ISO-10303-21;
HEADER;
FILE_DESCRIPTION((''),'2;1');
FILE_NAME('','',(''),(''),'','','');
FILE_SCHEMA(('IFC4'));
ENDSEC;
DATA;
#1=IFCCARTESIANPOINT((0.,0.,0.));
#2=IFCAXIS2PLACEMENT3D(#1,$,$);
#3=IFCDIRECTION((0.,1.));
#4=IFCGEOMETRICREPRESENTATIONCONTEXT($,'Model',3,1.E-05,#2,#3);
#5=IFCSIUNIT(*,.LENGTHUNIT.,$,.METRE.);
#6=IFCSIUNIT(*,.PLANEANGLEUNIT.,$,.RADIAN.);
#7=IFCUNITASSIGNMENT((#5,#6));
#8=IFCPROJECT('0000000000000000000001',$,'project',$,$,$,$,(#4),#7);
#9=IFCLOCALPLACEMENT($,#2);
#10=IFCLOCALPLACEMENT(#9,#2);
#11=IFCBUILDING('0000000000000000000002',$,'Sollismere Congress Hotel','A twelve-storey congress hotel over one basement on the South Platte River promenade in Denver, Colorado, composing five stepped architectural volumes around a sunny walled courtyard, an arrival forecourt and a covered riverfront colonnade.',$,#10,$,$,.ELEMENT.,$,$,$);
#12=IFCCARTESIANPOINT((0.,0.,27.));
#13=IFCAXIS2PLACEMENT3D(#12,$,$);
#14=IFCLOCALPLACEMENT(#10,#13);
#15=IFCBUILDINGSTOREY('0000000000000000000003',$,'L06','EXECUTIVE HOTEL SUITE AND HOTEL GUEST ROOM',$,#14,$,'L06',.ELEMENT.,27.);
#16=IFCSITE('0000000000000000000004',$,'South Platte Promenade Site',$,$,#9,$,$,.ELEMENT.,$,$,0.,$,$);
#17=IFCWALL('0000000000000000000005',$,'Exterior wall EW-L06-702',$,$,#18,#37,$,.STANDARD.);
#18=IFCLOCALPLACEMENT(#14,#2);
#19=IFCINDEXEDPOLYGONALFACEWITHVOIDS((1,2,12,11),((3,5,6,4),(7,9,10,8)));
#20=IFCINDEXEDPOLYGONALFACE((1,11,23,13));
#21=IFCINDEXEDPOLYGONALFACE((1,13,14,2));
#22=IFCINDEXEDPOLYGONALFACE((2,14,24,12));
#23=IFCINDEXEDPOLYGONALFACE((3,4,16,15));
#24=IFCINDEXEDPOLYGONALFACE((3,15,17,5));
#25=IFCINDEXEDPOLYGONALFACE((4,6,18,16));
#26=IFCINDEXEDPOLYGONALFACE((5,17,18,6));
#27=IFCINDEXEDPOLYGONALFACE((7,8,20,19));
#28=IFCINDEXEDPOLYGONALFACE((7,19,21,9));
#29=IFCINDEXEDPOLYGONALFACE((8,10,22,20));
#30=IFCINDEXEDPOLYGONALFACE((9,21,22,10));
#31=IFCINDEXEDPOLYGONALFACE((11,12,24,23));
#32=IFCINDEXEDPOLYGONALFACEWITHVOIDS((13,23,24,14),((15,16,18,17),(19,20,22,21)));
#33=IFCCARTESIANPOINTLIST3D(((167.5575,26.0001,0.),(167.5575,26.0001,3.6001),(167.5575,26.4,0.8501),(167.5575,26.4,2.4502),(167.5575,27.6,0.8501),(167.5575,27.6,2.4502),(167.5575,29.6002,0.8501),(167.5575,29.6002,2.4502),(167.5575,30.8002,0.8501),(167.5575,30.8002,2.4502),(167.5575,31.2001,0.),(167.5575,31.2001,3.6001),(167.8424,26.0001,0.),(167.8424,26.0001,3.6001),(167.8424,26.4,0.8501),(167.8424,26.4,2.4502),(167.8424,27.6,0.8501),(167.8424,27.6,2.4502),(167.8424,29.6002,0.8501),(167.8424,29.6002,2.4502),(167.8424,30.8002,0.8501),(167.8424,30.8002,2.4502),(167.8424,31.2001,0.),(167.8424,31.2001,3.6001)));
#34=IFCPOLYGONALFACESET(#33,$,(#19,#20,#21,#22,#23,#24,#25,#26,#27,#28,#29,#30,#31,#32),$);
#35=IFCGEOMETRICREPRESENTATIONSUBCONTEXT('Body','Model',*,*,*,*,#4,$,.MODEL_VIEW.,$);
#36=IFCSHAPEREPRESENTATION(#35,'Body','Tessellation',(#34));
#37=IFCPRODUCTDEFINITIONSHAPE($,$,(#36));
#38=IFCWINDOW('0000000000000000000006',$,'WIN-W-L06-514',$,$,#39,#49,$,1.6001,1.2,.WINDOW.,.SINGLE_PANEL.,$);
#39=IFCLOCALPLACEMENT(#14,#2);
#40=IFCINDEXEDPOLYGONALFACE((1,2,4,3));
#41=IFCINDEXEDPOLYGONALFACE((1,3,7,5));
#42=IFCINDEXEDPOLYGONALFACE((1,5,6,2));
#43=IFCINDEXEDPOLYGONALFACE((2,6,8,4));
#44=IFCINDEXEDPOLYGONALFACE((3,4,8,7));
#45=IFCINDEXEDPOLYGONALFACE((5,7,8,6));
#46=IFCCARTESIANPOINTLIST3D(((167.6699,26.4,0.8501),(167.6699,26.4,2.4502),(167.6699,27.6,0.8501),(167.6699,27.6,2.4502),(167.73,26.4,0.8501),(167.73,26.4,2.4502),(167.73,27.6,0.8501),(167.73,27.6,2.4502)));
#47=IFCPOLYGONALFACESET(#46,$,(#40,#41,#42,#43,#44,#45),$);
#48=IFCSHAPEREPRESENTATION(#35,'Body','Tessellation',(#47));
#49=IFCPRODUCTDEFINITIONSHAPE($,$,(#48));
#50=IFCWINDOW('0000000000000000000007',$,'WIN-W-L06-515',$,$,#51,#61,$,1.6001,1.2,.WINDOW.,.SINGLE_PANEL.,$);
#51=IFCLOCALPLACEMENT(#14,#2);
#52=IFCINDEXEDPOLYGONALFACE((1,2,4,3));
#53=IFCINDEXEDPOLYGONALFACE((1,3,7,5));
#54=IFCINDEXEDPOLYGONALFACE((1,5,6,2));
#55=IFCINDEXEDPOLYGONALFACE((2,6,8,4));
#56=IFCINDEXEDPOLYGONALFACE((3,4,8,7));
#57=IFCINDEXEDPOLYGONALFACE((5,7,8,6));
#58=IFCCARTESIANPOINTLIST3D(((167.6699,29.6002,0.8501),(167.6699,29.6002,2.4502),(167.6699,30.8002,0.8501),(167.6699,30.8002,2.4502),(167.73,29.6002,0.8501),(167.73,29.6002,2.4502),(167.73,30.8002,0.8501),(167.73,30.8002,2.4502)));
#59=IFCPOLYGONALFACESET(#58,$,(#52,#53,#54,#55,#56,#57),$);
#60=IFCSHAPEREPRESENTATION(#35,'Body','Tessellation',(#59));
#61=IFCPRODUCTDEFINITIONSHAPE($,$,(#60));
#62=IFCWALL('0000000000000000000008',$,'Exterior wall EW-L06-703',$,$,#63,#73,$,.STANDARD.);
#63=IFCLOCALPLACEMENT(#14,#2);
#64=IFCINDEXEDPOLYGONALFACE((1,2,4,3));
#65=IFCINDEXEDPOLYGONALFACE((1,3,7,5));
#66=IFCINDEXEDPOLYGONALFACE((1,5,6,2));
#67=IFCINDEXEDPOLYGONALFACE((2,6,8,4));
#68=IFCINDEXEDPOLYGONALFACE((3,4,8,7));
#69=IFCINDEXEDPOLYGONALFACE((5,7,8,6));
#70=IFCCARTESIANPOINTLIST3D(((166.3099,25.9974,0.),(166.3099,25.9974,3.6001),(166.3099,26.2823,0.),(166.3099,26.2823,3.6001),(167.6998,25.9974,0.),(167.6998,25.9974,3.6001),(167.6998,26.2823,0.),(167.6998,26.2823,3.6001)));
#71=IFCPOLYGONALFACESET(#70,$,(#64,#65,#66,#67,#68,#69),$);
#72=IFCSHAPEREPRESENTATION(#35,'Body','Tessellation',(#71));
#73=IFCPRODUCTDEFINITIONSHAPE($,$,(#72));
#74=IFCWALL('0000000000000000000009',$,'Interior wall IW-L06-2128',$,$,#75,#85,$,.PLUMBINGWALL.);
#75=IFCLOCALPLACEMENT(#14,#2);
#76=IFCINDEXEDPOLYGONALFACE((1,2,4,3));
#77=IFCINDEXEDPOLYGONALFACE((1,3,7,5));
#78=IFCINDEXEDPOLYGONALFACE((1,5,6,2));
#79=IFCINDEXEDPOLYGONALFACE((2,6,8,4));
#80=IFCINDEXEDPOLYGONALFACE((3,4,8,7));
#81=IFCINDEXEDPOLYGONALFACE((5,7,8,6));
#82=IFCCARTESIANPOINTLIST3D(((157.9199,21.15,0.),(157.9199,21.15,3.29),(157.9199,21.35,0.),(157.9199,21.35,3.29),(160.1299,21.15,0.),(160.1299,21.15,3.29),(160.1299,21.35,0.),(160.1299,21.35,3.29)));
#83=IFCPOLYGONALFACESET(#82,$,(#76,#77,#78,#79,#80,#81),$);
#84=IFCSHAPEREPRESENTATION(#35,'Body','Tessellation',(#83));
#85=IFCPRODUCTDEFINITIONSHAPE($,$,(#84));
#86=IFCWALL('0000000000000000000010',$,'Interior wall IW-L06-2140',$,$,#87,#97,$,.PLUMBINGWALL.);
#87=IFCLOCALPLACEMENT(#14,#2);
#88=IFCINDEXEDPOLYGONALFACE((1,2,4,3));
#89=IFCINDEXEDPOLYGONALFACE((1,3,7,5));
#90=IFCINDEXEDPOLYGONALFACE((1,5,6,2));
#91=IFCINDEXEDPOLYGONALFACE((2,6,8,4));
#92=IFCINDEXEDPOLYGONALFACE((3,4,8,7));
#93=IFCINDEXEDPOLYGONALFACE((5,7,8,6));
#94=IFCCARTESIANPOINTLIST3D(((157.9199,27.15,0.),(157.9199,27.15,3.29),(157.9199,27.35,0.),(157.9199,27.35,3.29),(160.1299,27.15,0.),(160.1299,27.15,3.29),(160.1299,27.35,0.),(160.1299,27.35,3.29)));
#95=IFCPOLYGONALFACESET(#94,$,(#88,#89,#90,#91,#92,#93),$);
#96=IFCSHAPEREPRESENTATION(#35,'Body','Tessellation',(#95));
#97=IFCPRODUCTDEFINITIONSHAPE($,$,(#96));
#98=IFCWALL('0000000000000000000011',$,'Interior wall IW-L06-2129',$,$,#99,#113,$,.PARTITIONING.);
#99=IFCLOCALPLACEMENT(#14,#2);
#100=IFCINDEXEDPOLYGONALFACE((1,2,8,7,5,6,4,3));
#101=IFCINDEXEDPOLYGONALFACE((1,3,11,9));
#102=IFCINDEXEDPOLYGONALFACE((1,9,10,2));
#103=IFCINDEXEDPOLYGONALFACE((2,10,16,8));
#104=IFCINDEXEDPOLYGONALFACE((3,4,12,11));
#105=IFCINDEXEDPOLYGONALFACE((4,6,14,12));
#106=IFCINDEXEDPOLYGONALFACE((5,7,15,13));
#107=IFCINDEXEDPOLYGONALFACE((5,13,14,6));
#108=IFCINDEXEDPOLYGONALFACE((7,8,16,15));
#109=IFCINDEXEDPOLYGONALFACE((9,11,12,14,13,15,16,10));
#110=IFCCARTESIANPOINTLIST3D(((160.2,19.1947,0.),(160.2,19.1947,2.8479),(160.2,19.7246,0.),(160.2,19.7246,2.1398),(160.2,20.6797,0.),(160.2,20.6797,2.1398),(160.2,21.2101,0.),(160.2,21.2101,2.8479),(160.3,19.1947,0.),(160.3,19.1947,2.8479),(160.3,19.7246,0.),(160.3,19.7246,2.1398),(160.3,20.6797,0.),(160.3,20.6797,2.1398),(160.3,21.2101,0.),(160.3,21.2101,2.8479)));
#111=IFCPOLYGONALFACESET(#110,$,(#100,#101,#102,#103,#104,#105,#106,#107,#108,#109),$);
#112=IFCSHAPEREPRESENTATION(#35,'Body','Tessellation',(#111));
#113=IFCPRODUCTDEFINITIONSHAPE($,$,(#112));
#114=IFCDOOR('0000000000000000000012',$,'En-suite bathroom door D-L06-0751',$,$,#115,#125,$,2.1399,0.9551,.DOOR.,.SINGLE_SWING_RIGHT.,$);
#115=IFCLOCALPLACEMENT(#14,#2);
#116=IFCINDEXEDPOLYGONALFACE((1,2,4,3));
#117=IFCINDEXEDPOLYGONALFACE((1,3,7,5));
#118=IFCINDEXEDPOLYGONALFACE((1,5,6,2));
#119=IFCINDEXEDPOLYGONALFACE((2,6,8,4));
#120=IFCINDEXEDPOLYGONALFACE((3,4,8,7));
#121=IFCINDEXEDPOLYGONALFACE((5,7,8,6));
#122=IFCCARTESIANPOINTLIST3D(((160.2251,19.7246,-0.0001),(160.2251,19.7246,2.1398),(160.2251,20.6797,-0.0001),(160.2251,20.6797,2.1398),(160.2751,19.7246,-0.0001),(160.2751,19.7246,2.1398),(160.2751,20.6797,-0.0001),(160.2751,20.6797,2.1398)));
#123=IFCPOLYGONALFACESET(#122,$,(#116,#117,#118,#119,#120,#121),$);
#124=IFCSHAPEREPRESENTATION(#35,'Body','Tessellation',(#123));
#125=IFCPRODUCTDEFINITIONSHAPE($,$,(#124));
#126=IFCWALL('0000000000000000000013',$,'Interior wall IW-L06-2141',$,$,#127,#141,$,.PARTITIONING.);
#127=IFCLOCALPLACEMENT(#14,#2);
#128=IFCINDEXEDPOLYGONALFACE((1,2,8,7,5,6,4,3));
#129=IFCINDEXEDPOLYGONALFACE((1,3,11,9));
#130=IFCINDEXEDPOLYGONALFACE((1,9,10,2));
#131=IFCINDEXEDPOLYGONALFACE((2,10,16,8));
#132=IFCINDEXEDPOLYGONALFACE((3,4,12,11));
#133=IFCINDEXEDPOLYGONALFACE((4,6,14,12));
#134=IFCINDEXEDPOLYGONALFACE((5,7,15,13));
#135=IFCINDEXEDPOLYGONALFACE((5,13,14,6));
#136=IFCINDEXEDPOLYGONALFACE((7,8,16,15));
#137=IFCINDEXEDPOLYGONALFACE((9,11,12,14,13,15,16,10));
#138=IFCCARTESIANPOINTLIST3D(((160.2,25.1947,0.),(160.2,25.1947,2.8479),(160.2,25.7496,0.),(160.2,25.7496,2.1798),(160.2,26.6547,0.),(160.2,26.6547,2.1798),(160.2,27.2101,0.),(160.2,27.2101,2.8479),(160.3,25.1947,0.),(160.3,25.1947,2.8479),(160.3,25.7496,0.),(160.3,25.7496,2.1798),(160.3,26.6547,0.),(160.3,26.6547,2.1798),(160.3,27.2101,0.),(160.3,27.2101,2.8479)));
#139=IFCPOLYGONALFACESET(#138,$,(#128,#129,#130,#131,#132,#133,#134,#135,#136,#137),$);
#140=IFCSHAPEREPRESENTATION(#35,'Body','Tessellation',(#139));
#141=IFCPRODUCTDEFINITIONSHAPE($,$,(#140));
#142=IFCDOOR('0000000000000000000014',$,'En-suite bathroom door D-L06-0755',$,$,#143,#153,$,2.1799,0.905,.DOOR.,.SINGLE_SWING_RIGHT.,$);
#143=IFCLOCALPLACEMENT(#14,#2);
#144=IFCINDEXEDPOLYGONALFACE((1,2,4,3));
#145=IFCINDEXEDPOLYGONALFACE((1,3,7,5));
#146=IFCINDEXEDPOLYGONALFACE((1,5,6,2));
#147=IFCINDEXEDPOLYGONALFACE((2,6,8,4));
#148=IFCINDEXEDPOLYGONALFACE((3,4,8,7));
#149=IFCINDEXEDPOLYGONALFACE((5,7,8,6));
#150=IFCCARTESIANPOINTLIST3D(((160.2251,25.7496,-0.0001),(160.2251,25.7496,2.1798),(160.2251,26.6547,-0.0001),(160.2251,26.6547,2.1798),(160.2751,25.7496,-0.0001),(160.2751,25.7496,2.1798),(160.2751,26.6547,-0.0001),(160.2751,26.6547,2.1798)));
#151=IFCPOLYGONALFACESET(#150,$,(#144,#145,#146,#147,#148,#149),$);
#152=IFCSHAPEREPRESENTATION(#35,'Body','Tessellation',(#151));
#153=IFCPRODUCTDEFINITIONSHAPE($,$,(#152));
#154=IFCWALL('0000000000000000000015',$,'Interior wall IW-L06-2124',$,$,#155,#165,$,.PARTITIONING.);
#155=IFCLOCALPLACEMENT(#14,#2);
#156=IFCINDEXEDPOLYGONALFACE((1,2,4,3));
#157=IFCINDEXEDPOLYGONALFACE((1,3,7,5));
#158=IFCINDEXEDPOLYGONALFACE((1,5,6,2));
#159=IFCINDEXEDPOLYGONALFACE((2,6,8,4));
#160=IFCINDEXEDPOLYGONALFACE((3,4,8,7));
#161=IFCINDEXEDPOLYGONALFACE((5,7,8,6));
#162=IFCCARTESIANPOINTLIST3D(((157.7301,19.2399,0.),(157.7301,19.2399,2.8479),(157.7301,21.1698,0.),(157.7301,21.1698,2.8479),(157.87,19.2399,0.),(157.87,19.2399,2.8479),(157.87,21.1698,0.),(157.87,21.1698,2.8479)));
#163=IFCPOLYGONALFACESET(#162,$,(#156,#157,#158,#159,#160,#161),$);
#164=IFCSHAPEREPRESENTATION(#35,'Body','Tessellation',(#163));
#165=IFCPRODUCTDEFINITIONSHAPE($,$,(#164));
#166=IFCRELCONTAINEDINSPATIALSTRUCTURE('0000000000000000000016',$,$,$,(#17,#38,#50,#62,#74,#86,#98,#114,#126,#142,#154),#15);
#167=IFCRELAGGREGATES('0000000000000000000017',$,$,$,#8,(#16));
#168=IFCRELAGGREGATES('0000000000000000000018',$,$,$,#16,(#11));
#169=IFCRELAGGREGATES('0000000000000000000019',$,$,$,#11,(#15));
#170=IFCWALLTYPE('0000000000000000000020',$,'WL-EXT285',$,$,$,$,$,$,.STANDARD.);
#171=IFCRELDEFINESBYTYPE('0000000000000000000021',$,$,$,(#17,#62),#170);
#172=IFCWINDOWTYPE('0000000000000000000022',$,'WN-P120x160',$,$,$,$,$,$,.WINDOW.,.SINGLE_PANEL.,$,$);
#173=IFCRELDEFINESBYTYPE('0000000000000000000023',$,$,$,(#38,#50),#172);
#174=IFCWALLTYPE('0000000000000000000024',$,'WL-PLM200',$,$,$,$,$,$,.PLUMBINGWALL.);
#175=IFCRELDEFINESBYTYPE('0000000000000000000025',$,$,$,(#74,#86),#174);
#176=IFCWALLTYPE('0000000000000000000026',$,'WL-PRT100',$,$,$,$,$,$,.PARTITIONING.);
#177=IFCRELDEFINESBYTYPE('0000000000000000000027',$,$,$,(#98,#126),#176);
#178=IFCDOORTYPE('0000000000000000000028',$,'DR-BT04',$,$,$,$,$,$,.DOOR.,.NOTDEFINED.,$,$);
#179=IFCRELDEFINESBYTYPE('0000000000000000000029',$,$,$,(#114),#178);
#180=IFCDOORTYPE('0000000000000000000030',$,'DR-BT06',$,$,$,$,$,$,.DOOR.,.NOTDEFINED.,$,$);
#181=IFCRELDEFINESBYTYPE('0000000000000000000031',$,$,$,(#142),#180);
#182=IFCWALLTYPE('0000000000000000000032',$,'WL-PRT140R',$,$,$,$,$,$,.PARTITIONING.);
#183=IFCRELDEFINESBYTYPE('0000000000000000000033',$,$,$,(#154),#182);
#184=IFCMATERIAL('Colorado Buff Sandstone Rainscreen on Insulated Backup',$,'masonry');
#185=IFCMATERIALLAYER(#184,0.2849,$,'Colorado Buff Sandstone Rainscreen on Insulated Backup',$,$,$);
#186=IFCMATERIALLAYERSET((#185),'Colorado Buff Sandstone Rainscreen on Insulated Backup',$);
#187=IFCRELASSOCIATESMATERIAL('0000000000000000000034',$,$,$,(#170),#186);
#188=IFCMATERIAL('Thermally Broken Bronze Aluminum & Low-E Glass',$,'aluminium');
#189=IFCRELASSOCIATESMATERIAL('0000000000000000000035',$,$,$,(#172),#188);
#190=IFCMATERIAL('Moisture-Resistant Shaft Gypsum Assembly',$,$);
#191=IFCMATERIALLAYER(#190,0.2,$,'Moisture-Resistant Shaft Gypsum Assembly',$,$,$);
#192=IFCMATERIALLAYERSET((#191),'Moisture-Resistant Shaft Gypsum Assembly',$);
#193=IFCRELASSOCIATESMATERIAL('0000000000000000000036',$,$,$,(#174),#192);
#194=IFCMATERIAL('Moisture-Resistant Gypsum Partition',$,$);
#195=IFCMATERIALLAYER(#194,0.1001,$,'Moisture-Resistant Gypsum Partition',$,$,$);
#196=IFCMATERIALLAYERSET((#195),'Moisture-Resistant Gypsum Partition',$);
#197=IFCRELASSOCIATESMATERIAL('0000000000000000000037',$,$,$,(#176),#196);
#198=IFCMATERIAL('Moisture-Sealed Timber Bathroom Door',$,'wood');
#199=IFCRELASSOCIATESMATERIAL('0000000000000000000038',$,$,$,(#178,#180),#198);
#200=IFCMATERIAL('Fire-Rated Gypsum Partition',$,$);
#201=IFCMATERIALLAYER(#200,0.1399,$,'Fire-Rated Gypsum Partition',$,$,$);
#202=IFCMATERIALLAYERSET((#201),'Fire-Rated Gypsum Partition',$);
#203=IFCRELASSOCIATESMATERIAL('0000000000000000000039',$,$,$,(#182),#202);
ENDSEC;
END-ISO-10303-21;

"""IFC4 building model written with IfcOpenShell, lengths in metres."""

from ifc_helpers import new_model, si_unit, direction, frame, frame_2d, origin, place, context, subcontext, project, spatial, rectangle, extrude, material, layer, layer_set, type_object, element, fill, save


model = new_model("IFC4")

# Units and contexts
model_context = context("Model", 3, precision=1e-05, world=origin(), true_north=direction((0.0, 1.0)))
body_context = subcontext(model_context, "Body", "Model", "MODEL_VIEW")
ifc_project = project(units=[si_unit("LENGTHUNIT", "METRE"), si_unit("PLANEANGLEUNIT", "RADIAN")], contexts=[model_context])

# Site, building, storey
site_placement = place(None, origin())
site = spatial("IfcSite", under=ifc_project, at=site_placement, Name="South Platte Promenade Site", CompositionType="ELEMENT", RefElevation=0.0)
building_placement = place(site_placement, origin())
building = spatial("IfcBuilding", under=site, at=building_placement, Name="Sollismere Congress Hotel", Description="A twelve-storey congress hotel over one basement on the South Platte River promenade in Denver, Colorado, composing five stepped architectural volumes around a sunny walled courtyard, an arrival forecourt and a covered riverfront colonnade.", CompositionType="ELEMENT")
storey_placement = place(building_placement, frame((0.0, 0.0, 27.0)))
storey = spatial("IfcBuildingStorey", under=building, at=storey_placement, Name="L06", Description="EXECUTIVE HOTEL SUITE AND HOTEL GUEST ROOM", LongName="L06", CompositionType="ELEMENT", Elevation=27.0)

# Shared definitions
ifc_material_1 = material(Name="Colorado Buff Sandstone Rainscreen on Insulated Backup", Category="masonry")
ifc_layer_1 = layer(ifc_material_1, 0.2849, Name="Colorado Buff Sandstone Rainscreen on Insulated Backup")
ifc_layer_set_1 = layer_set([ifc_layer_1], Name="Colorado Buff Sandstone Rainscreen on Insulated Backup")
wall_type_1 = type_object("IfcWallType", Name="WL-EXT285", PredefinedType="STANDARD", material=ifc_layer_set_1)

# Wall, openings, windows
wall_1_placement = place(storey_placement, frame((167.7, 26.0, 0.0), z_axis=(0.0, 0.0, 1.0), x_axis=(0.0, 1.0, 0.0)))
wall_1 = element("IfcWall", 1, at=wall_1_placement, inside=storey, type_object=wall_type_1, Name="Exterior wall EW-L06-702", PredefinedType="STANDARD", context=body_context, shape_type="SweptSolid", body=[
    extrude(rectangle(XDim=5.2, YDim=0.2849, at=frame_2d((2.6001, 0.0))), origin(), (0.0, 0.0, 1.0), 3.6001),
])
opening_1_placement = place(wall_1_placement, frame((0.3999, 0.0, 0.8501)))
opening_1 = element("IfcOpeningElement", 2, at=opening_1_placement, cuts=wall_1, PredefinedType="OPENING", context=body_context, shape_type="SweptSolid", body=[
    extrude(rectangle(XDim=1.2, YDim=1.6001, at=frame_2d((0.6001, 0.8))), frame((0.0, 0.1523, 0.0), z_axis=(0.0, -1.0, 0.0), x_axis=(1.0, 0.0, 0.0)), (0.0, 0.0, 1.0), 0.3049),
])
opening_2_placement = place(wall_1_placement, frame((3.6001, 0.0, 0.8501)))
opening_2 = element("IfcOpeningElement", 3, at=opening_2_placement, cuts=wall_1, PredefinedType="OPENING", context=body_context, shape_type="SweptSolid", body=[
    extrude(rectangle(XDim=1.2, YDim=1.6001, at=frame_2d((0.6001, 0.8))), frame((0.0, 0.1523, 0.0), z_axis=(0.0, -1.0, 0.0), x_axis=(1.0, 0.0, 0.0)), (0.0, 0.0, 1.0), 0.3049),
])
ifc_material_2 = material(Name="Thermally Broken Bronze Aluminum & Low-E Glass", Category="aluminium")
window_type = type_object("IfcWindowType", Name="WN-P120x160", PartitioningType="SINGLE_PANEL", PredefinedType="WINDOW", material=ifc_material_2)
window_1_placement = place(opening_1_placement, origin())
window_1 = element("IfcWindow", 4, at=window_1_placement, inside=storey, type_object=window_type, Name="WIN-W-L06-514", OverallHeight=1.6001, OverallWidth=1.2, PartitioningType="SINGLE_PANEL", PredefinedType="WINDOW", context=body_context, shape_type="SweptSolid", body=[
    extrude(rectangle(XDim=1.2, YDim=1.6001, at=frame_2d((0.6001, 0.8))), frame((0.0, 0.03, 0.0), z_axis=(0.0, -1.0, 0.0), x_axis=(1.0, 0.0, 0.0)), (0.0, 0.0, 1.0), 0.0601),
])
fill(opening_1, window_1)
window_2_placement = place(opening_2_placement, origin())
window_2 = element("IfcWindow", 5, at=window_2_placement, inside=storey, type_object=window_type, Name="WIN-W-L06-515", OverallHeight=1.6001, OverallWidth=1.2, PartitioningType="SINGLE_PANEL", PredefinedType="WINDOW", context=body_context, shape_type="SweptSolid", body=[
    extrude(rectangle(XDim=1.2, YDim=1.6001, at=frame_2d((0.6001, 0.8))), frame((0.0, 0.03, 0.0), z_axis=(0.0, -1.0, 0.0), x_axis=(1.0, 0.0, 0.0)), (0.0, 0.0, 1.0), 0.0601),
])
fill(opening_2, window_2)

# Walls
wall_2_placement = place(storey_placement, frame((166.3101, 26.1399, 0.0), z_axis=(0.0, 0.0, 1.0), x_axis=(1.0, 0.0, 0.0)))
element("IfcWall", 6, at=wall_2_placement, inside=storey, type_object=wall_type_1, Name="Exterior wall EW-L06-703", PredefinedType="STANDARD", context=body_context, shape_type="SweptSolid", body=[
    extrude(rectangle(XDim=1.3899, YDim=0.2849, at=frame_2d((0.6948, 0.0))), origin(), (0.0, 0.0, 1.0), 3.6001),
])
ifc_material_3 = material(Name="Moisture-Resistant Shaft Gypsum Assembly")
ifc_layer_2 = layer(ifc_material_3, 0.2, Name="Moisture-Resistant Shaft Gypsum Assembly")
ifc_layer_set_2 = layer_set([ifc_layer_2], Name="Moisture-Resistant Shaft Gypsum Assembly")
wall_type_2 = type_object("IfcWallType", Name="WL-PLM200", PredefinedType="PLUMBINGWALL", material=ifc_layer_set_2)
for number, where, z_axis, x_axis, name in (
    (7, (157.9199, 21.25, 0.0), (0.0, 0.0, 1.0), (1.0, 0.0, 0.0), "Interior wall IW-L06-2128"),
    (8, (157.9199, 27.25, 0.0), (0.0, 0.0, 1.0), (1.0, 0.0, 0.0), "Interior wall IW-L06-2140"),
):
    element("IfcWall", number, at=place(storey_placement, frame(where, z_axis=z_axis, x_axis=x_axis)), inside=storey, type_object=wall_type_2, Name=name, PredefinedType="PLUMBINGWALL", context=body_context, shape_type="SweptSolid", body=[
        extrude(rectangle(XDim=2.21, YDim=0.2, at=frame_2d((1.105, 0.0))), origin(), (0.0, 0.0, 1.0), 3.29),
    ])

# Walls, openings, doors
ifc_material_4 = material(Name="Moisture-Resistant Gypsum Partition")
ifc_layer_3 = layer(ifc_material_4, 0.1001, Name="Moisture-Resistant Gypsum Partition")
ifc_layer_set_3 = layer_set([ifc_layer_3], Name="Moisture-Resistant Gypsum Partition")
wall_type_3 = type_object("IfcWallType", Name="WL-PRT100", PredefinedType="PARTITIONING", material=ifc_layer_set_3)
wall_3_placement = place(storey_placement, frame((160.25, 19.1946, 0.0), z_axis=(0.0, 0.0, 1.0), x_axis=(0.0, 1.0, 0.0)))
wall_3 = element("IfcWall", 9, at=wall_3_placement, inside=storey, type_object=wall_type_3, Name="Interior wall IW-L06-2129", PredefinedType="PARTITIONING", context=body_context, shape_type="SweptSolid", body=[
    extrude(rectangle(XDim=2.0154, YDim=0.1001, at=frame_2d((1.0078, 0.0))), origin(), (0.0, 0.0, 1.0), 2.8479),
])
opening_3_placement = place(wall_3_placement, frame((0.53, 0.0, 0.0)))
opening_3 = element("IfcOpeningElement", 10, at=opening_3_placement, cuts=wall_3, PredefinedType="OPENING", context=body_context, shape_type="SweptSolid", body=[
    extrude(rectangle(XDim=0.9551, YDim=2.1399, at=frame_2d((0.4775, 1.0698))), frame((0.0, 0.0601, 0.0), z_axis=(0.0, -1.0, 0.0), x_axis=(1.0, 0.0, 0.0)), (0.0, 0.0, 1.0), 0.1201),
])
ifc_material_5 = material(Name="Moisture-Sealed Timber Bathroom Door", Category="wood")
door_type_1 = type_object("IfcDoorType", Name="DR-BT04", OperationType="NOTDEFINED", PredefinedType="DOOR", material=ifc_material_5)
door_1_placement = place(opening_3_placement, origin())
door_1 = element("IfcDoor", 11, at=door_1_placement, inside=storey, type_object=door_type_1, Name="En-suite bathroom door D-L06-0751", OperationType="SINGLE_SWING_RIGHT", OverallHeight=2.1399, OverallWidth=0.9551, PredefinedType="DOOR", context=body_context, shape_type="SweptSolid", body=[
    extrude(rectangle(XDim=0.9551, YDim=2.1399, at=frame_2d((0.4775, 1.0698))), frame((0.0, 0.0249, 0.0), z_axis=(0.0, -1.0, 0.0), x_axis=(1.0, 0.0, 0.0)), (0.0, 0.0, 1.0), 0.05),
])
fill(opening_3, door_1)
wall_4_placement = place(storey_placement, frame((160.25, 25.1946, 0.0), z_axis=(0.0, 0.0, 1.0), x_axis=(0.0, 1.0, 0.0)))
wall_4 = element("IfcWall", 12, at=wall_4_placement, inside=storey, type_object=wall_type_3, Name="Interior wall IW-L06-2141", PredefinedType="PARTITIONING", context=body_context, shape_type="SweptSolid", body=[
    extrude(rectangle(XDim=2.0154, YDim=0.1001, at=frame_2d((1.0078, 0.0))), origin(), (0.0, 0.0, 1.0), 2.8479),
])
opening_4_placement = place(wall_4_placement, frame((0.5549, 0.0, 0.0)))
opening_4 = element("IfcOpeningElement", 13, at=opening_4_placement, cuts=wall_4, PredefinedType="OPENING", context=body_context, shape_type="SweptSolid", body=[
    extrude(rectangle(XDim=0.905, YDim=2.1799, at=frame_2d((0.4526, 1.0898))), frame((0.0, 0.0601, 0.0), z_axis=(0.0, -1.0, 0.0), x_axis=(1.0, 0.0, 0.0)), (0.0, 0.0, 1.0), 0.1201),
])
door_type_2 = type_object("IfcDoorType", Name="DR-BT06", OperationType="NOTDEFINED", PredefinedType="DOOR", material=ifc_material_5)
door_2_placement = place(opening_4_placement, origin())
door_2 = element("IfcDoor", 14, at=door_2_placement, inside=storey, type_object=door_type_2, Name="En-suite bathroom door D-L06-0755", OperationType="SINGLE_SWING_RIGHT", OverallHeight=2.1799, OverallWidth=0.905, PredefinedType="DOOR", context=body_context, shape_type="SweptSolid", body=[
    extrude(rectangle(XDim=0.905, YDim=2.1799, at=frame_2d((0.4526, 1.0898))), frame((0.0, 0.0249, 0.0), z_axis=(0.0, -1.0, 0.0), x_axis=(1.0, 0.0, 0.0)), (0.0, 0.0, 1.0), 0.05),
])
fill(opening_4, door_2)

# Wall
ifc_material_6 = material(Name="Fire-Rated Gypsum Partition")
ifc_layer_4 = layer(ifc_material_6, 0.1399, Name="Fire-Rated Gypsum Partition")
ifc_layer_set_4 = layer_set([ifc_layer_4], Name="Fire-Rated Gypsum Partition")
wall_type_4 = type_object("IfcWallType", Name="WL-PRT140R", PredefinedType="PARTITIONING", material=ifc_layer_set_4)
wall_5_placement = place(storey_placement, frame((157.8, 19.24, 0.0), z_axis=(0.0, 0.0, 1.0), x_axis=(0.0, 1.0, 0.0)))
element("IfcWall", 15, at=wall_5_placement, inside=storey, type_object=wall_type_4, Name="Interior wall IW-L06-2124", PredefinedType="PARTITIONING", context=body_context, shape_type="SweptSolid", body=[
    extrude(rectangle(XDim=1.9299, YDim=0.1399, at=frame_2d((0.9648, 0.0))), origin(), (0.0, 0.0, 1.0), 2.8479),
])

save(model, "model.ifc")
